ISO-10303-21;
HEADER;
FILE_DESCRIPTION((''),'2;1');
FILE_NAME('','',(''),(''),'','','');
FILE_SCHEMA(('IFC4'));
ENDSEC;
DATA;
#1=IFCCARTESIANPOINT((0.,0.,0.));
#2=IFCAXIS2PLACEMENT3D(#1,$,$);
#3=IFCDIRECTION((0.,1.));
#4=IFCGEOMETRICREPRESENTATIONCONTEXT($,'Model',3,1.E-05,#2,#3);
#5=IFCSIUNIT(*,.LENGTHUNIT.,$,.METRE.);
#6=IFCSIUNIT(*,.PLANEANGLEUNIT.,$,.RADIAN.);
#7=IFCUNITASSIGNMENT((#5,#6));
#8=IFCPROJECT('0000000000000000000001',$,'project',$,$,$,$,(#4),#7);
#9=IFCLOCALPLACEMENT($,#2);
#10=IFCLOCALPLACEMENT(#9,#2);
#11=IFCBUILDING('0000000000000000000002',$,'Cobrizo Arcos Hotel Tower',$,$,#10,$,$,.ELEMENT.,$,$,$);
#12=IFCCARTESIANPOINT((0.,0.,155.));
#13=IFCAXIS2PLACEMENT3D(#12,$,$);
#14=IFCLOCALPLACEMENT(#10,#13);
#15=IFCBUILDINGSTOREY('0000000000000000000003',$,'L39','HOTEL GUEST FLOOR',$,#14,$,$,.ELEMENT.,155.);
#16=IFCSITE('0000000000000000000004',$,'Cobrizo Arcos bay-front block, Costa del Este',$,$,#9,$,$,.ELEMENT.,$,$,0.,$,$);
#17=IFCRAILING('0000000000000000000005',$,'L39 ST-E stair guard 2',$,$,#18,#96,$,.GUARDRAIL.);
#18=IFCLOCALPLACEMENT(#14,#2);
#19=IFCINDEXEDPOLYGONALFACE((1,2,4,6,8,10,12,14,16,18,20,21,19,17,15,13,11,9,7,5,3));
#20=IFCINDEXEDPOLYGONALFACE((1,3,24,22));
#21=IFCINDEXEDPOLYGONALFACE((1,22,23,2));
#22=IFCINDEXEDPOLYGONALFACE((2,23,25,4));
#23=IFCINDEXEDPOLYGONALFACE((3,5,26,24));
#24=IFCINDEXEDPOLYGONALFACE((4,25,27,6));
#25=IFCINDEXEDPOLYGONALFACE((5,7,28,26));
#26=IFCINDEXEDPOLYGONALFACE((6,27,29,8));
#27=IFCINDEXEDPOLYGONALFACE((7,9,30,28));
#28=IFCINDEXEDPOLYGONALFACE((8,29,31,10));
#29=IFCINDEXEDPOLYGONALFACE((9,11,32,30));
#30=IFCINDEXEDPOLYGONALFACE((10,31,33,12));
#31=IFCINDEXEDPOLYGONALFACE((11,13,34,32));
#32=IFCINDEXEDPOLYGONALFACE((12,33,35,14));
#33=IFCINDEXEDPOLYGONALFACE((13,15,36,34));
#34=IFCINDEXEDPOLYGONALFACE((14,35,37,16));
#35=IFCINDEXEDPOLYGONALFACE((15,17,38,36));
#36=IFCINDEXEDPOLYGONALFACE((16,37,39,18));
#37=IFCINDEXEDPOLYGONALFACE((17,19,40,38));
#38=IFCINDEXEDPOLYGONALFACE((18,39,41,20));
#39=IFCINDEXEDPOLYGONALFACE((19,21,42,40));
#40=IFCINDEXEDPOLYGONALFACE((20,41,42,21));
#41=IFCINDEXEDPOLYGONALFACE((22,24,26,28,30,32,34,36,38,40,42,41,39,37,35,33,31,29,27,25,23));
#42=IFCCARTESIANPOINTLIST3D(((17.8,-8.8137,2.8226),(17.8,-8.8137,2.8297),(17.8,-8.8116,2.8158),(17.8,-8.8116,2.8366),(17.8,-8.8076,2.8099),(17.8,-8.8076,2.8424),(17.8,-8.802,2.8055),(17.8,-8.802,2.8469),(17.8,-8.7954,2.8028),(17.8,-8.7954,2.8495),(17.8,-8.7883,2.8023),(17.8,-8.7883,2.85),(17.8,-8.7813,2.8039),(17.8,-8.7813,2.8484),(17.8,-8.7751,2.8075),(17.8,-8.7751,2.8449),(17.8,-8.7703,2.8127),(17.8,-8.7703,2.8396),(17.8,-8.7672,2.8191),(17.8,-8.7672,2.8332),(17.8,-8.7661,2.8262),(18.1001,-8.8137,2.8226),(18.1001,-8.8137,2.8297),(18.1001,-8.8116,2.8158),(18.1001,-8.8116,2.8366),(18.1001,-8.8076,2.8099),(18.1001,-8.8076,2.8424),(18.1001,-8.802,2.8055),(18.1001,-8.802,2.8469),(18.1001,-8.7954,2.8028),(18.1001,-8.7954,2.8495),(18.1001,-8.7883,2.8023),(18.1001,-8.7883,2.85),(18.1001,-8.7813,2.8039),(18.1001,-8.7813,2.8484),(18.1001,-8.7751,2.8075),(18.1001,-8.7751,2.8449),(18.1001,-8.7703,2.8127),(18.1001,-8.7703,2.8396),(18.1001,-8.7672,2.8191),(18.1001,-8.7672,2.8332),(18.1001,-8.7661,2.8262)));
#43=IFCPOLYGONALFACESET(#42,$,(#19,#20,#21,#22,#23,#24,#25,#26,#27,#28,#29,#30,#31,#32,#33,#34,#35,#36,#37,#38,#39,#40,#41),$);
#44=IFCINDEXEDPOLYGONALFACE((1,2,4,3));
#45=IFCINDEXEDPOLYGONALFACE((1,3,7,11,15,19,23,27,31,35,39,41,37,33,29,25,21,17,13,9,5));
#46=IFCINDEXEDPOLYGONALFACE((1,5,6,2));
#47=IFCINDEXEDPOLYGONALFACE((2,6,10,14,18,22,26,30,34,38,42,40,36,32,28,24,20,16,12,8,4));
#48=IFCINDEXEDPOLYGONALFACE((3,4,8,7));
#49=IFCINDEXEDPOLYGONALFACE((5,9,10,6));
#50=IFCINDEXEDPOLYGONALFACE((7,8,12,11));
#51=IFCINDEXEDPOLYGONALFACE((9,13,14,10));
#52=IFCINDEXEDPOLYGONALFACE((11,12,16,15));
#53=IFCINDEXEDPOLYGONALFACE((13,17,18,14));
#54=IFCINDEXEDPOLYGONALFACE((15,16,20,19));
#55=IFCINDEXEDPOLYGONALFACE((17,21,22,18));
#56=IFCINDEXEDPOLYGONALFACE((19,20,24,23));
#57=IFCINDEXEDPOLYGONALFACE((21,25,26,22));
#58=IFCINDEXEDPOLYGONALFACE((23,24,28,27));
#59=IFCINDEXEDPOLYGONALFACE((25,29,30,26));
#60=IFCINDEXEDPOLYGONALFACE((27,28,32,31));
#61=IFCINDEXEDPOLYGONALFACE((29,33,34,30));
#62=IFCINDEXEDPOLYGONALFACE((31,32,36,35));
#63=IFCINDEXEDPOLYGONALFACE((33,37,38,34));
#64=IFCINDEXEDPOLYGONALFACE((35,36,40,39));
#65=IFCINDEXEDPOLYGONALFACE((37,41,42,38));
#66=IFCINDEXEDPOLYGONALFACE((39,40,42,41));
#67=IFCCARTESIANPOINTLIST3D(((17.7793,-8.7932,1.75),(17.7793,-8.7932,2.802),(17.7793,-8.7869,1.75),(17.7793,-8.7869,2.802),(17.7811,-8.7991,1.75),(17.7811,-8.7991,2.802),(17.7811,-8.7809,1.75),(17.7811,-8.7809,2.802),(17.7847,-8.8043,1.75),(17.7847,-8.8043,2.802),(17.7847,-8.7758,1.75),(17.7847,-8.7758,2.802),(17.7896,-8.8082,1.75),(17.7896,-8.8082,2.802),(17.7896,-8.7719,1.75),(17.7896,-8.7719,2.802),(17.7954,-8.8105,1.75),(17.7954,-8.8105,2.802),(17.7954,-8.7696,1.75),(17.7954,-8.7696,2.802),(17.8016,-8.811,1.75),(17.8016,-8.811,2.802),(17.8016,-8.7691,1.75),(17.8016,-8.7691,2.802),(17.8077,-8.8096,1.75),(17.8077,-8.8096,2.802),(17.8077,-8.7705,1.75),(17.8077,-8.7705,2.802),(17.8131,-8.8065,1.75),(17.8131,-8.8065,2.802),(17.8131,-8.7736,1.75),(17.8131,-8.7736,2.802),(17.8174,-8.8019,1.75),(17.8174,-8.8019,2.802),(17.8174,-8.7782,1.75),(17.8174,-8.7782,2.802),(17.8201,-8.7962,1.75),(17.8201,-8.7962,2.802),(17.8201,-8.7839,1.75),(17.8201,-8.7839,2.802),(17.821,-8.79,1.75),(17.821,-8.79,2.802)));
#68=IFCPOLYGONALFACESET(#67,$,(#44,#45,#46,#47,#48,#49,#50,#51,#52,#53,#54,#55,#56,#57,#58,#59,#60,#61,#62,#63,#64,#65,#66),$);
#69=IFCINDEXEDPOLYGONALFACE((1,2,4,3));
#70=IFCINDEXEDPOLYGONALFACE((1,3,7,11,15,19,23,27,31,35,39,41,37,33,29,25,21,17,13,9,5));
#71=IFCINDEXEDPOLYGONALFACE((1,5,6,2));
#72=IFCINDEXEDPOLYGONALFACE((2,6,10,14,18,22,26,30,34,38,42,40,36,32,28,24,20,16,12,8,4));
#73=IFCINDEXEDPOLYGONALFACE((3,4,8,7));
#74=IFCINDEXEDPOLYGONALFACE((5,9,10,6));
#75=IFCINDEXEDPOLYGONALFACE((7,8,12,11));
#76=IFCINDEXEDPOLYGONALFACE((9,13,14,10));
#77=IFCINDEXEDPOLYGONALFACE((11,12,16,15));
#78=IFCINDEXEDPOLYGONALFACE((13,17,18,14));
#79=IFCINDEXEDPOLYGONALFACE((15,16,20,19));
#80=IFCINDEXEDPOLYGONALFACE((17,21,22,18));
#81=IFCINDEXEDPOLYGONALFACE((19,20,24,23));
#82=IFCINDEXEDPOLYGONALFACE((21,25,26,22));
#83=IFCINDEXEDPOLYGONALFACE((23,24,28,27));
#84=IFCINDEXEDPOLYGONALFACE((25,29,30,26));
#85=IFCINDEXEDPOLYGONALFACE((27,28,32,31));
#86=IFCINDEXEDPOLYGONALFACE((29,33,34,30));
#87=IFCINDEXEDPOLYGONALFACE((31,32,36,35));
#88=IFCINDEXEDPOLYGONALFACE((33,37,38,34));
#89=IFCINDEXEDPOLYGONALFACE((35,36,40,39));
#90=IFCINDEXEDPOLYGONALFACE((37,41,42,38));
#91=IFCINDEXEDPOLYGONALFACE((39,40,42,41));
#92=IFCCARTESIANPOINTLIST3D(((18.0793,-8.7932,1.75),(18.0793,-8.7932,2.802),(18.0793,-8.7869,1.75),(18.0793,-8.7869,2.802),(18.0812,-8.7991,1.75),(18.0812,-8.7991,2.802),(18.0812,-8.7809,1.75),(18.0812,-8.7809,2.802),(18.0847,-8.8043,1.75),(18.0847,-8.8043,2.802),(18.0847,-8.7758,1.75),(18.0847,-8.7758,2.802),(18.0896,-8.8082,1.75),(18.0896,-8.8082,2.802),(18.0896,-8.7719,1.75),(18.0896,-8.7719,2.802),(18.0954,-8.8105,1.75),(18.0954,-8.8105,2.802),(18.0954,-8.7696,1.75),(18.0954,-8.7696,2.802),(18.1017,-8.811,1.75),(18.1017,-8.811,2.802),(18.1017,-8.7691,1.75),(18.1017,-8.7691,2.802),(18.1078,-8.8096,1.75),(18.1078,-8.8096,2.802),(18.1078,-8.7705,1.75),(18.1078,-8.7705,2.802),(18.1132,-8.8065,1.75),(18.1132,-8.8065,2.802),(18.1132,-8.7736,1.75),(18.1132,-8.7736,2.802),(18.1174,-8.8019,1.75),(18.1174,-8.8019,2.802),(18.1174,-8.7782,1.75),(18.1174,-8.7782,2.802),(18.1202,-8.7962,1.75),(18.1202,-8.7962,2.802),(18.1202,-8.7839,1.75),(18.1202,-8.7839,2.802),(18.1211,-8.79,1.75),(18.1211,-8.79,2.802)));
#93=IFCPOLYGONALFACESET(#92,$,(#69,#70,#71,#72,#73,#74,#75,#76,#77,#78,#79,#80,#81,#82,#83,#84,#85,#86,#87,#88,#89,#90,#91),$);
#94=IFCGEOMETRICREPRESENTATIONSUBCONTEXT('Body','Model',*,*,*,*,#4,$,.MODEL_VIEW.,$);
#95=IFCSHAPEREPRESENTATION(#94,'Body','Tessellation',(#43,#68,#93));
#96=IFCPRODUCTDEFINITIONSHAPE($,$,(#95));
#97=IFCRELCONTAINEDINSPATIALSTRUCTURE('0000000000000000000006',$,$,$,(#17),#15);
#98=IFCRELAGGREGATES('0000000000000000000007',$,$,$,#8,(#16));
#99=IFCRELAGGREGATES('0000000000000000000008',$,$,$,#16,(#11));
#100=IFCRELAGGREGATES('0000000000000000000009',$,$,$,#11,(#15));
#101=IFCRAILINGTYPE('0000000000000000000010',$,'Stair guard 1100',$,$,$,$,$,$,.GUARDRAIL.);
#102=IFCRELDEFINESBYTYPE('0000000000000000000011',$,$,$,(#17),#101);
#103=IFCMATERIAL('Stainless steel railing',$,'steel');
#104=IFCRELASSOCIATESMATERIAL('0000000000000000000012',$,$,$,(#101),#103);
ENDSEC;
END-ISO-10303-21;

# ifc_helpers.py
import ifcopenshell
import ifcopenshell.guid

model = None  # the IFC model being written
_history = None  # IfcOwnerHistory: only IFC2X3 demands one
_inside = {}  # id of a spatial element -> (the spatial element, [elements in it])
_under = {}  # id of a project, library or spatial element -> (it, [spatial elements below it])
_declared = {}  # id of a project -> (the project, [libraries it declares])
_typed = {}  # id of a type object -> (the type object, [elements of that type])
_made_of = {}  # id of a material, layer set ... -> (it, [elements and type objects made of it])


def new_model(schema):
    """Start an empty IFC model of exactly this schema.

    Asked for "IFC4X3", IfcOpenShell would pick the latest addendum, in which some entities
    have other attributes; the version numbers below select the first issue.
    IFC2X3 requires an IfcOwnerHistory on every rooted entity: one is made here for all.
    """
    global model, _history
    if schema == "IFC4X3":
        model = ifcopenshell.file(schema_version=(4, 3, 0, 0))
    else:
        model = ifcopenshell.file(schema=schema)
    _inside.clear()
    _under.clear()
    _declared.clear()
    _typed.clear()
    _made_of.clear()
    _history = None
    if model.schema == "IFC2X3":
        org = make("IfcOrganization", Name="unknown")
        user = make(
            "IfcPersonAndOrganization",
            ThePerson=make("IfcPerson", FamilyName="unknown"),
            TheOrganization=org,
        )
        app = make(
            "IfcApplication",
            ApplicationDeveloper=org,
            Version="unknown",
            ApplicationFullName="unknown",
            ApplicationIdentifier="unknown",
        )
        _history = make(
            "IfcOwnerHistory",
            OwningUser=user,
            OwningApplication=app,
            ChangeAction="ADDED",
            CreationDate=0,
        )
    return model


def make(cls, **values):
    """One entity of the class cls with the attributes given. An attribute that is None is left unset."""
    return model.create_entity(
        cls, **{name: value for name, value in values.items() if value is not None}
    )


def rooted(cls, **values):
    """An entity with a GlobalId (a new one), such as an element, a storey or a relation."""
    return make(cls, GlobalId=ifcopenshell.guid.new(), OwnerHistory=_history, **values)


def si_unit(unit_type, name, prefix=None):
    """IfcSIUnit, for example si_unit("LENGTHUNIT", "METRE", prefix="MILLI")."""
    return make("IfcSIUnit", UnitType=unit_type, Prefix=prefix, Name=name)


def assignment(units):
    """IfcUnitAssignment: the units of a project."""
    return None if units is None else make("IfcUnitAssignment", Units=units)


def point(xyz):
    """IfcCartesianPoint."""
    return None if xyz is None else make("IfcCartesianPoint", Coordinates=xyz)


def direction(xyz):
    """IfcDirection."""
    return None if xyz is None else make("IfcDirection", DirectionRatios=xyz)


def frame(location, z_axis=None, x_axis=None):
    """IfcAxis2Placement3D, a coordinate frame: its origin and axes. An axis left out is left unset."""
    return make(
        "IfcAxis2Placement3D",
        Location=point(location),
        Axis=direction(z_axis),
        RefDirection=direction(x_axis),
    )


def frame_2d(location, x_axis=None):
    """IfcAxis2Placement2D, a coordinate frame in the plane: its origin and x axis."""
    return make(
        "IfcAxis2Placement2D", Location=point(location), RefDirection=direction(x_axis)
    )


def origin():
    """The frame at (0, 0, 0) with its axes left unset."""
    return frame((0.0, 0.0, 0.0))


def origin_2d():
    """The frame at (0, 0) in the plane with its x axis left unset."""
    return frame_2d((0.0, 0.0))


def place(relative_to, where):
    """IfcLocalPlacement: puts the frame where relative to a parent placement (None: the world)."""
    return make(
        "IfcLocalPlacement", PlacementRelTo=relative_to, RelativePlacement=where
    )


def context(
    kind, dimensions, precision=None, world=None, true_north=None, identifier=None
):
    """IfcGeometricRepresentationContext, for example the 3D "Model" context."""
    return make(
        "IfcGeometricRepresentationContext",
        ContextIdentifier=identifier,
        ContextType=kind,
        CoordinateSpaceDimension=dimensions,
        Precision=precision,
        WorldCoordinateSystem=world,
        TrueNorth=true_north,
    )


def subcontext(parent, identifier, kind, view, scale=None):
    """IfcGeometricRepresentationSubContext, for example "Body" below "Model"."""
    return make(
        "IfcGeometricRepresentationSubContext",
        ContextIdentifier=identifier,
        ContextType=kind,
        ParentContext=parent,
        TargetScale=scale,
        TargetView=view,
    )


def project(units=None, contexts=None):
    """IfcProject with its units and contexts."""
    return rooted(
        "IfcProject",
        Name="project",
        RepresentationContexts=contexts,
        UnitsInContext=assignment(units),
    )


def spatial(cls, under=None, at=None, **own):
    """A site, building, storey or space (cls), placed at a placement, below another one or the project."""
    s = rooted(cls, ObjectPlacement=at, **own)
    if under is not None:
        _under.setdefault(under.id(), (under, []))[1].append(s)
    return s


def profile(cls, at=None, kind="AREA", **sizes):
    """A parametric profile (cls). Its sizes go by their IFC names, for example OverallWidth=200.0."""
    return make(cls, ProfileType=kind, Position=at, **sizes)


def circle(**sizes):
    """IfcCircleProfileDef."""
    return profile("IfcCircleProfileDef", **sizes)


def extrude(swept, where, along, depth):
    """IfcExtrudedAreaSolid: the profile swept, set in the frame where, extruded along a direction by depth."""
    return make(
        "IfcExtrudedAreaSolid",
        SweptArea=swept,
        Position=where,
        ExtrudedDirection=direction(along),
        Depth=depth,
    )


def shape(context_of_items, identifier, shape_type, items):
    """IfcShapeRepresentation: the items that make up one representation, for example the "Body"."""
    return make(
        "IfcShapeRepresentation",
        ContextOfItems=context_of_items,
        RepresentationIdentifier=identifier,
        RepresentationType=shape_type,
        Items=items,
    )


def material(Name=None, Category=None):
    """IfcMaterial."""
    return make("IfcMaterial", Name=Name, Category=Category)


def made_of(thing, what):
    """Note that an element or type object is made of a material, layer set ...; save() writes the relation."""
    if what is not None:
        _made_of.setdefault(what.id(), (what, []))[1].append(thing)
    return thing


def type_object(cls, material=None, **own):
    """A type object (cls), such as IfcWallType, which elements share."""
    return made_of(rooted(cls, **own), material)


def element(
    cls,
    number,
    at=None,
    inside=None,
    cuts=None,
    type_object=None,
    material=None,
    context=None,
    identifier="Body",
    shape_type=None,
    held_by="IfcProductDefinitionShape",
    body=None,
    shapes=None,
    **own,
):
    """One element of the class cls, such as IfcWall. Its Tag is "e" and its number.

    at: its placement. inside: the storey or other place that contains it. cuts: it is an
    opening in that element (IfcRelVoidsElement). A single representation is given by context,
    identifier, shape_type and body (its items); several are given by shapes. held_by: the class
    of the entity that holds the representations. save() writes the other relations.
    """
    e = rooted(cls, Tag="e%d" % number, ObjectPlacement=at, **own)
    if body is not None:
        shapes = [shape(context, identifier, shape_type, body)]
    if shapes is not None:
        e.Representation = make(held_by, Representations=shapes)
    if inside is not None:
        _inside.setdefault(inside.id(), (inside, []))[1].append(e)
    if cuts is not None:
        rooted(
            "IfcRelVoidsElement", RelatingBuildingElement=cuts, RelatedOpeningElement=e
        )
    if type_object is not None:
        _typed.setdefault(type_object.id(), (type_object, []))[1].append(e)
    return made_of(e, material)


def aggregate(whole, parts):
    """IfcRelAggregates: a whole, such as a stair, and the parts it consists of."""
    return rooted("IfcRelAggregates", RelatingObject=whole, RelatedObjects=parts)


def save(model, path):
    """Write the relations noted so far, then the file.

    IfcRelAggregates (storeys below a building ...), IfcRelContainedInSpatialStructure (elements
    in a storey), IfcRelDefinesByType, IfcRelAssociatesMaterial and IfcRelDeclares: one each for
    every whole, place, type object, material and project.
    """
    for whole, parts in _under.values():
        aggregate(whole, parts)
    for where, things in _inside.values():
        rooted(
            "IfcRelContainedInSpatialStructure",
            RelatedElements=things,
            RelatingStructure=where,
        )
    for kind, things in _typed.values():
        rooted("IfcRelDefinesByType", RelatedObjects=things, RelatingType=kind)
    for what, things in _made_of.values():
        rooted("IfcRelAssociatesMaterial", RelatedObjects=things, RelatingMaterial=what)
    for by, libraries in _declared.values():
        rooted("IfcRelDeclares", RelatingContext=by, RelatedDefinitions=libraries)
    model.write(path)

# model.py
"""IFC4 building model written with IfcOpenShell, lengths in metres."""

from ifc_helpers import new_model, si_unit, direction, frame, origin, origin_2d, place, context, subcontext, project, spatial, circle, extrude, material, type_object, element, save


model = new_model("IFC4")

# Units and contexts
model_context = context("Model", 3, precision=1e-05, world=origin(), true_north=direction((0.0, 1.0)))
body_context = subcontext(model_context, "Body", "Model", "MODEL_VIEW")
ifc_project = project(units=[si_unit("LENGTHUNIT", "METRE"), si_unit("PLANEANGLEUNIT", "RADIAN")], contexts=[model_context])

# Site, building, storey
site_placement = place(None, origin())
site = spatial("IfcSite", under=ifc_project, at=site_placement, Name="Cobrizo Arcos bay-front block, Costa del Este", CompositionType="ELEMENT", RefElevation=0.0)
building_placement = place(site_placement, origin())
building = spatial("IfcBuilding", under=site, at=building_placement, Name="Cobrizo Arcos Hotel Tower", CompositionType="ELEMENT")
storey_placement = place(building_placement, frame((0.0, 0.0, 155.0)))
storey = spatial("IfcBuildingStorey", under=building, at=storey_placement, Name="L39", Description="HOTEL GUEST FLOOR", CompositionType="ELEMENT", Elevation=155.0)

# Railing
ifc_material_1 = material(Name="Stainless steel railing", Category="steel")
railing_type_1 = type_object("IfcRailingType", Name="Stair guard 1100", PredefinedType="GUARDRAIL", material=ifc_material_1)
railing_1_placement = place(storey_placement, frame((17.8, -8.79, 1.75)))
element("IfcRailing", 1, at=railing_1_placement, inside=storey, type_object=railing_type_1, Name="L39 ST-E stair guard 2", PredefinedType="GUARDRAIL", context=body_context, shape_type="SweptSolid", body=[
    extrude(circle(Radius=0.0239, at=origin_2d()), frame((0.0, 0.0, 1.0762), z_axis=(1.0, 0.0, 0.0), x_axis=(0.0, 1.0, 0.0)), (0.0, 0.0, 1.0), 0.3),
    extrude(circle(Radius=0.021, at=origin_2d()), origin(), (0.0, 0.0, 1.0), 1.052),
    extrude(circle(Radius=0.021, at=origin_2d()), frame((0.3, 0.0, 0.0)), (0.0, 0.0, 1.0), 1.052),
])

save(model, "model.ifc")
